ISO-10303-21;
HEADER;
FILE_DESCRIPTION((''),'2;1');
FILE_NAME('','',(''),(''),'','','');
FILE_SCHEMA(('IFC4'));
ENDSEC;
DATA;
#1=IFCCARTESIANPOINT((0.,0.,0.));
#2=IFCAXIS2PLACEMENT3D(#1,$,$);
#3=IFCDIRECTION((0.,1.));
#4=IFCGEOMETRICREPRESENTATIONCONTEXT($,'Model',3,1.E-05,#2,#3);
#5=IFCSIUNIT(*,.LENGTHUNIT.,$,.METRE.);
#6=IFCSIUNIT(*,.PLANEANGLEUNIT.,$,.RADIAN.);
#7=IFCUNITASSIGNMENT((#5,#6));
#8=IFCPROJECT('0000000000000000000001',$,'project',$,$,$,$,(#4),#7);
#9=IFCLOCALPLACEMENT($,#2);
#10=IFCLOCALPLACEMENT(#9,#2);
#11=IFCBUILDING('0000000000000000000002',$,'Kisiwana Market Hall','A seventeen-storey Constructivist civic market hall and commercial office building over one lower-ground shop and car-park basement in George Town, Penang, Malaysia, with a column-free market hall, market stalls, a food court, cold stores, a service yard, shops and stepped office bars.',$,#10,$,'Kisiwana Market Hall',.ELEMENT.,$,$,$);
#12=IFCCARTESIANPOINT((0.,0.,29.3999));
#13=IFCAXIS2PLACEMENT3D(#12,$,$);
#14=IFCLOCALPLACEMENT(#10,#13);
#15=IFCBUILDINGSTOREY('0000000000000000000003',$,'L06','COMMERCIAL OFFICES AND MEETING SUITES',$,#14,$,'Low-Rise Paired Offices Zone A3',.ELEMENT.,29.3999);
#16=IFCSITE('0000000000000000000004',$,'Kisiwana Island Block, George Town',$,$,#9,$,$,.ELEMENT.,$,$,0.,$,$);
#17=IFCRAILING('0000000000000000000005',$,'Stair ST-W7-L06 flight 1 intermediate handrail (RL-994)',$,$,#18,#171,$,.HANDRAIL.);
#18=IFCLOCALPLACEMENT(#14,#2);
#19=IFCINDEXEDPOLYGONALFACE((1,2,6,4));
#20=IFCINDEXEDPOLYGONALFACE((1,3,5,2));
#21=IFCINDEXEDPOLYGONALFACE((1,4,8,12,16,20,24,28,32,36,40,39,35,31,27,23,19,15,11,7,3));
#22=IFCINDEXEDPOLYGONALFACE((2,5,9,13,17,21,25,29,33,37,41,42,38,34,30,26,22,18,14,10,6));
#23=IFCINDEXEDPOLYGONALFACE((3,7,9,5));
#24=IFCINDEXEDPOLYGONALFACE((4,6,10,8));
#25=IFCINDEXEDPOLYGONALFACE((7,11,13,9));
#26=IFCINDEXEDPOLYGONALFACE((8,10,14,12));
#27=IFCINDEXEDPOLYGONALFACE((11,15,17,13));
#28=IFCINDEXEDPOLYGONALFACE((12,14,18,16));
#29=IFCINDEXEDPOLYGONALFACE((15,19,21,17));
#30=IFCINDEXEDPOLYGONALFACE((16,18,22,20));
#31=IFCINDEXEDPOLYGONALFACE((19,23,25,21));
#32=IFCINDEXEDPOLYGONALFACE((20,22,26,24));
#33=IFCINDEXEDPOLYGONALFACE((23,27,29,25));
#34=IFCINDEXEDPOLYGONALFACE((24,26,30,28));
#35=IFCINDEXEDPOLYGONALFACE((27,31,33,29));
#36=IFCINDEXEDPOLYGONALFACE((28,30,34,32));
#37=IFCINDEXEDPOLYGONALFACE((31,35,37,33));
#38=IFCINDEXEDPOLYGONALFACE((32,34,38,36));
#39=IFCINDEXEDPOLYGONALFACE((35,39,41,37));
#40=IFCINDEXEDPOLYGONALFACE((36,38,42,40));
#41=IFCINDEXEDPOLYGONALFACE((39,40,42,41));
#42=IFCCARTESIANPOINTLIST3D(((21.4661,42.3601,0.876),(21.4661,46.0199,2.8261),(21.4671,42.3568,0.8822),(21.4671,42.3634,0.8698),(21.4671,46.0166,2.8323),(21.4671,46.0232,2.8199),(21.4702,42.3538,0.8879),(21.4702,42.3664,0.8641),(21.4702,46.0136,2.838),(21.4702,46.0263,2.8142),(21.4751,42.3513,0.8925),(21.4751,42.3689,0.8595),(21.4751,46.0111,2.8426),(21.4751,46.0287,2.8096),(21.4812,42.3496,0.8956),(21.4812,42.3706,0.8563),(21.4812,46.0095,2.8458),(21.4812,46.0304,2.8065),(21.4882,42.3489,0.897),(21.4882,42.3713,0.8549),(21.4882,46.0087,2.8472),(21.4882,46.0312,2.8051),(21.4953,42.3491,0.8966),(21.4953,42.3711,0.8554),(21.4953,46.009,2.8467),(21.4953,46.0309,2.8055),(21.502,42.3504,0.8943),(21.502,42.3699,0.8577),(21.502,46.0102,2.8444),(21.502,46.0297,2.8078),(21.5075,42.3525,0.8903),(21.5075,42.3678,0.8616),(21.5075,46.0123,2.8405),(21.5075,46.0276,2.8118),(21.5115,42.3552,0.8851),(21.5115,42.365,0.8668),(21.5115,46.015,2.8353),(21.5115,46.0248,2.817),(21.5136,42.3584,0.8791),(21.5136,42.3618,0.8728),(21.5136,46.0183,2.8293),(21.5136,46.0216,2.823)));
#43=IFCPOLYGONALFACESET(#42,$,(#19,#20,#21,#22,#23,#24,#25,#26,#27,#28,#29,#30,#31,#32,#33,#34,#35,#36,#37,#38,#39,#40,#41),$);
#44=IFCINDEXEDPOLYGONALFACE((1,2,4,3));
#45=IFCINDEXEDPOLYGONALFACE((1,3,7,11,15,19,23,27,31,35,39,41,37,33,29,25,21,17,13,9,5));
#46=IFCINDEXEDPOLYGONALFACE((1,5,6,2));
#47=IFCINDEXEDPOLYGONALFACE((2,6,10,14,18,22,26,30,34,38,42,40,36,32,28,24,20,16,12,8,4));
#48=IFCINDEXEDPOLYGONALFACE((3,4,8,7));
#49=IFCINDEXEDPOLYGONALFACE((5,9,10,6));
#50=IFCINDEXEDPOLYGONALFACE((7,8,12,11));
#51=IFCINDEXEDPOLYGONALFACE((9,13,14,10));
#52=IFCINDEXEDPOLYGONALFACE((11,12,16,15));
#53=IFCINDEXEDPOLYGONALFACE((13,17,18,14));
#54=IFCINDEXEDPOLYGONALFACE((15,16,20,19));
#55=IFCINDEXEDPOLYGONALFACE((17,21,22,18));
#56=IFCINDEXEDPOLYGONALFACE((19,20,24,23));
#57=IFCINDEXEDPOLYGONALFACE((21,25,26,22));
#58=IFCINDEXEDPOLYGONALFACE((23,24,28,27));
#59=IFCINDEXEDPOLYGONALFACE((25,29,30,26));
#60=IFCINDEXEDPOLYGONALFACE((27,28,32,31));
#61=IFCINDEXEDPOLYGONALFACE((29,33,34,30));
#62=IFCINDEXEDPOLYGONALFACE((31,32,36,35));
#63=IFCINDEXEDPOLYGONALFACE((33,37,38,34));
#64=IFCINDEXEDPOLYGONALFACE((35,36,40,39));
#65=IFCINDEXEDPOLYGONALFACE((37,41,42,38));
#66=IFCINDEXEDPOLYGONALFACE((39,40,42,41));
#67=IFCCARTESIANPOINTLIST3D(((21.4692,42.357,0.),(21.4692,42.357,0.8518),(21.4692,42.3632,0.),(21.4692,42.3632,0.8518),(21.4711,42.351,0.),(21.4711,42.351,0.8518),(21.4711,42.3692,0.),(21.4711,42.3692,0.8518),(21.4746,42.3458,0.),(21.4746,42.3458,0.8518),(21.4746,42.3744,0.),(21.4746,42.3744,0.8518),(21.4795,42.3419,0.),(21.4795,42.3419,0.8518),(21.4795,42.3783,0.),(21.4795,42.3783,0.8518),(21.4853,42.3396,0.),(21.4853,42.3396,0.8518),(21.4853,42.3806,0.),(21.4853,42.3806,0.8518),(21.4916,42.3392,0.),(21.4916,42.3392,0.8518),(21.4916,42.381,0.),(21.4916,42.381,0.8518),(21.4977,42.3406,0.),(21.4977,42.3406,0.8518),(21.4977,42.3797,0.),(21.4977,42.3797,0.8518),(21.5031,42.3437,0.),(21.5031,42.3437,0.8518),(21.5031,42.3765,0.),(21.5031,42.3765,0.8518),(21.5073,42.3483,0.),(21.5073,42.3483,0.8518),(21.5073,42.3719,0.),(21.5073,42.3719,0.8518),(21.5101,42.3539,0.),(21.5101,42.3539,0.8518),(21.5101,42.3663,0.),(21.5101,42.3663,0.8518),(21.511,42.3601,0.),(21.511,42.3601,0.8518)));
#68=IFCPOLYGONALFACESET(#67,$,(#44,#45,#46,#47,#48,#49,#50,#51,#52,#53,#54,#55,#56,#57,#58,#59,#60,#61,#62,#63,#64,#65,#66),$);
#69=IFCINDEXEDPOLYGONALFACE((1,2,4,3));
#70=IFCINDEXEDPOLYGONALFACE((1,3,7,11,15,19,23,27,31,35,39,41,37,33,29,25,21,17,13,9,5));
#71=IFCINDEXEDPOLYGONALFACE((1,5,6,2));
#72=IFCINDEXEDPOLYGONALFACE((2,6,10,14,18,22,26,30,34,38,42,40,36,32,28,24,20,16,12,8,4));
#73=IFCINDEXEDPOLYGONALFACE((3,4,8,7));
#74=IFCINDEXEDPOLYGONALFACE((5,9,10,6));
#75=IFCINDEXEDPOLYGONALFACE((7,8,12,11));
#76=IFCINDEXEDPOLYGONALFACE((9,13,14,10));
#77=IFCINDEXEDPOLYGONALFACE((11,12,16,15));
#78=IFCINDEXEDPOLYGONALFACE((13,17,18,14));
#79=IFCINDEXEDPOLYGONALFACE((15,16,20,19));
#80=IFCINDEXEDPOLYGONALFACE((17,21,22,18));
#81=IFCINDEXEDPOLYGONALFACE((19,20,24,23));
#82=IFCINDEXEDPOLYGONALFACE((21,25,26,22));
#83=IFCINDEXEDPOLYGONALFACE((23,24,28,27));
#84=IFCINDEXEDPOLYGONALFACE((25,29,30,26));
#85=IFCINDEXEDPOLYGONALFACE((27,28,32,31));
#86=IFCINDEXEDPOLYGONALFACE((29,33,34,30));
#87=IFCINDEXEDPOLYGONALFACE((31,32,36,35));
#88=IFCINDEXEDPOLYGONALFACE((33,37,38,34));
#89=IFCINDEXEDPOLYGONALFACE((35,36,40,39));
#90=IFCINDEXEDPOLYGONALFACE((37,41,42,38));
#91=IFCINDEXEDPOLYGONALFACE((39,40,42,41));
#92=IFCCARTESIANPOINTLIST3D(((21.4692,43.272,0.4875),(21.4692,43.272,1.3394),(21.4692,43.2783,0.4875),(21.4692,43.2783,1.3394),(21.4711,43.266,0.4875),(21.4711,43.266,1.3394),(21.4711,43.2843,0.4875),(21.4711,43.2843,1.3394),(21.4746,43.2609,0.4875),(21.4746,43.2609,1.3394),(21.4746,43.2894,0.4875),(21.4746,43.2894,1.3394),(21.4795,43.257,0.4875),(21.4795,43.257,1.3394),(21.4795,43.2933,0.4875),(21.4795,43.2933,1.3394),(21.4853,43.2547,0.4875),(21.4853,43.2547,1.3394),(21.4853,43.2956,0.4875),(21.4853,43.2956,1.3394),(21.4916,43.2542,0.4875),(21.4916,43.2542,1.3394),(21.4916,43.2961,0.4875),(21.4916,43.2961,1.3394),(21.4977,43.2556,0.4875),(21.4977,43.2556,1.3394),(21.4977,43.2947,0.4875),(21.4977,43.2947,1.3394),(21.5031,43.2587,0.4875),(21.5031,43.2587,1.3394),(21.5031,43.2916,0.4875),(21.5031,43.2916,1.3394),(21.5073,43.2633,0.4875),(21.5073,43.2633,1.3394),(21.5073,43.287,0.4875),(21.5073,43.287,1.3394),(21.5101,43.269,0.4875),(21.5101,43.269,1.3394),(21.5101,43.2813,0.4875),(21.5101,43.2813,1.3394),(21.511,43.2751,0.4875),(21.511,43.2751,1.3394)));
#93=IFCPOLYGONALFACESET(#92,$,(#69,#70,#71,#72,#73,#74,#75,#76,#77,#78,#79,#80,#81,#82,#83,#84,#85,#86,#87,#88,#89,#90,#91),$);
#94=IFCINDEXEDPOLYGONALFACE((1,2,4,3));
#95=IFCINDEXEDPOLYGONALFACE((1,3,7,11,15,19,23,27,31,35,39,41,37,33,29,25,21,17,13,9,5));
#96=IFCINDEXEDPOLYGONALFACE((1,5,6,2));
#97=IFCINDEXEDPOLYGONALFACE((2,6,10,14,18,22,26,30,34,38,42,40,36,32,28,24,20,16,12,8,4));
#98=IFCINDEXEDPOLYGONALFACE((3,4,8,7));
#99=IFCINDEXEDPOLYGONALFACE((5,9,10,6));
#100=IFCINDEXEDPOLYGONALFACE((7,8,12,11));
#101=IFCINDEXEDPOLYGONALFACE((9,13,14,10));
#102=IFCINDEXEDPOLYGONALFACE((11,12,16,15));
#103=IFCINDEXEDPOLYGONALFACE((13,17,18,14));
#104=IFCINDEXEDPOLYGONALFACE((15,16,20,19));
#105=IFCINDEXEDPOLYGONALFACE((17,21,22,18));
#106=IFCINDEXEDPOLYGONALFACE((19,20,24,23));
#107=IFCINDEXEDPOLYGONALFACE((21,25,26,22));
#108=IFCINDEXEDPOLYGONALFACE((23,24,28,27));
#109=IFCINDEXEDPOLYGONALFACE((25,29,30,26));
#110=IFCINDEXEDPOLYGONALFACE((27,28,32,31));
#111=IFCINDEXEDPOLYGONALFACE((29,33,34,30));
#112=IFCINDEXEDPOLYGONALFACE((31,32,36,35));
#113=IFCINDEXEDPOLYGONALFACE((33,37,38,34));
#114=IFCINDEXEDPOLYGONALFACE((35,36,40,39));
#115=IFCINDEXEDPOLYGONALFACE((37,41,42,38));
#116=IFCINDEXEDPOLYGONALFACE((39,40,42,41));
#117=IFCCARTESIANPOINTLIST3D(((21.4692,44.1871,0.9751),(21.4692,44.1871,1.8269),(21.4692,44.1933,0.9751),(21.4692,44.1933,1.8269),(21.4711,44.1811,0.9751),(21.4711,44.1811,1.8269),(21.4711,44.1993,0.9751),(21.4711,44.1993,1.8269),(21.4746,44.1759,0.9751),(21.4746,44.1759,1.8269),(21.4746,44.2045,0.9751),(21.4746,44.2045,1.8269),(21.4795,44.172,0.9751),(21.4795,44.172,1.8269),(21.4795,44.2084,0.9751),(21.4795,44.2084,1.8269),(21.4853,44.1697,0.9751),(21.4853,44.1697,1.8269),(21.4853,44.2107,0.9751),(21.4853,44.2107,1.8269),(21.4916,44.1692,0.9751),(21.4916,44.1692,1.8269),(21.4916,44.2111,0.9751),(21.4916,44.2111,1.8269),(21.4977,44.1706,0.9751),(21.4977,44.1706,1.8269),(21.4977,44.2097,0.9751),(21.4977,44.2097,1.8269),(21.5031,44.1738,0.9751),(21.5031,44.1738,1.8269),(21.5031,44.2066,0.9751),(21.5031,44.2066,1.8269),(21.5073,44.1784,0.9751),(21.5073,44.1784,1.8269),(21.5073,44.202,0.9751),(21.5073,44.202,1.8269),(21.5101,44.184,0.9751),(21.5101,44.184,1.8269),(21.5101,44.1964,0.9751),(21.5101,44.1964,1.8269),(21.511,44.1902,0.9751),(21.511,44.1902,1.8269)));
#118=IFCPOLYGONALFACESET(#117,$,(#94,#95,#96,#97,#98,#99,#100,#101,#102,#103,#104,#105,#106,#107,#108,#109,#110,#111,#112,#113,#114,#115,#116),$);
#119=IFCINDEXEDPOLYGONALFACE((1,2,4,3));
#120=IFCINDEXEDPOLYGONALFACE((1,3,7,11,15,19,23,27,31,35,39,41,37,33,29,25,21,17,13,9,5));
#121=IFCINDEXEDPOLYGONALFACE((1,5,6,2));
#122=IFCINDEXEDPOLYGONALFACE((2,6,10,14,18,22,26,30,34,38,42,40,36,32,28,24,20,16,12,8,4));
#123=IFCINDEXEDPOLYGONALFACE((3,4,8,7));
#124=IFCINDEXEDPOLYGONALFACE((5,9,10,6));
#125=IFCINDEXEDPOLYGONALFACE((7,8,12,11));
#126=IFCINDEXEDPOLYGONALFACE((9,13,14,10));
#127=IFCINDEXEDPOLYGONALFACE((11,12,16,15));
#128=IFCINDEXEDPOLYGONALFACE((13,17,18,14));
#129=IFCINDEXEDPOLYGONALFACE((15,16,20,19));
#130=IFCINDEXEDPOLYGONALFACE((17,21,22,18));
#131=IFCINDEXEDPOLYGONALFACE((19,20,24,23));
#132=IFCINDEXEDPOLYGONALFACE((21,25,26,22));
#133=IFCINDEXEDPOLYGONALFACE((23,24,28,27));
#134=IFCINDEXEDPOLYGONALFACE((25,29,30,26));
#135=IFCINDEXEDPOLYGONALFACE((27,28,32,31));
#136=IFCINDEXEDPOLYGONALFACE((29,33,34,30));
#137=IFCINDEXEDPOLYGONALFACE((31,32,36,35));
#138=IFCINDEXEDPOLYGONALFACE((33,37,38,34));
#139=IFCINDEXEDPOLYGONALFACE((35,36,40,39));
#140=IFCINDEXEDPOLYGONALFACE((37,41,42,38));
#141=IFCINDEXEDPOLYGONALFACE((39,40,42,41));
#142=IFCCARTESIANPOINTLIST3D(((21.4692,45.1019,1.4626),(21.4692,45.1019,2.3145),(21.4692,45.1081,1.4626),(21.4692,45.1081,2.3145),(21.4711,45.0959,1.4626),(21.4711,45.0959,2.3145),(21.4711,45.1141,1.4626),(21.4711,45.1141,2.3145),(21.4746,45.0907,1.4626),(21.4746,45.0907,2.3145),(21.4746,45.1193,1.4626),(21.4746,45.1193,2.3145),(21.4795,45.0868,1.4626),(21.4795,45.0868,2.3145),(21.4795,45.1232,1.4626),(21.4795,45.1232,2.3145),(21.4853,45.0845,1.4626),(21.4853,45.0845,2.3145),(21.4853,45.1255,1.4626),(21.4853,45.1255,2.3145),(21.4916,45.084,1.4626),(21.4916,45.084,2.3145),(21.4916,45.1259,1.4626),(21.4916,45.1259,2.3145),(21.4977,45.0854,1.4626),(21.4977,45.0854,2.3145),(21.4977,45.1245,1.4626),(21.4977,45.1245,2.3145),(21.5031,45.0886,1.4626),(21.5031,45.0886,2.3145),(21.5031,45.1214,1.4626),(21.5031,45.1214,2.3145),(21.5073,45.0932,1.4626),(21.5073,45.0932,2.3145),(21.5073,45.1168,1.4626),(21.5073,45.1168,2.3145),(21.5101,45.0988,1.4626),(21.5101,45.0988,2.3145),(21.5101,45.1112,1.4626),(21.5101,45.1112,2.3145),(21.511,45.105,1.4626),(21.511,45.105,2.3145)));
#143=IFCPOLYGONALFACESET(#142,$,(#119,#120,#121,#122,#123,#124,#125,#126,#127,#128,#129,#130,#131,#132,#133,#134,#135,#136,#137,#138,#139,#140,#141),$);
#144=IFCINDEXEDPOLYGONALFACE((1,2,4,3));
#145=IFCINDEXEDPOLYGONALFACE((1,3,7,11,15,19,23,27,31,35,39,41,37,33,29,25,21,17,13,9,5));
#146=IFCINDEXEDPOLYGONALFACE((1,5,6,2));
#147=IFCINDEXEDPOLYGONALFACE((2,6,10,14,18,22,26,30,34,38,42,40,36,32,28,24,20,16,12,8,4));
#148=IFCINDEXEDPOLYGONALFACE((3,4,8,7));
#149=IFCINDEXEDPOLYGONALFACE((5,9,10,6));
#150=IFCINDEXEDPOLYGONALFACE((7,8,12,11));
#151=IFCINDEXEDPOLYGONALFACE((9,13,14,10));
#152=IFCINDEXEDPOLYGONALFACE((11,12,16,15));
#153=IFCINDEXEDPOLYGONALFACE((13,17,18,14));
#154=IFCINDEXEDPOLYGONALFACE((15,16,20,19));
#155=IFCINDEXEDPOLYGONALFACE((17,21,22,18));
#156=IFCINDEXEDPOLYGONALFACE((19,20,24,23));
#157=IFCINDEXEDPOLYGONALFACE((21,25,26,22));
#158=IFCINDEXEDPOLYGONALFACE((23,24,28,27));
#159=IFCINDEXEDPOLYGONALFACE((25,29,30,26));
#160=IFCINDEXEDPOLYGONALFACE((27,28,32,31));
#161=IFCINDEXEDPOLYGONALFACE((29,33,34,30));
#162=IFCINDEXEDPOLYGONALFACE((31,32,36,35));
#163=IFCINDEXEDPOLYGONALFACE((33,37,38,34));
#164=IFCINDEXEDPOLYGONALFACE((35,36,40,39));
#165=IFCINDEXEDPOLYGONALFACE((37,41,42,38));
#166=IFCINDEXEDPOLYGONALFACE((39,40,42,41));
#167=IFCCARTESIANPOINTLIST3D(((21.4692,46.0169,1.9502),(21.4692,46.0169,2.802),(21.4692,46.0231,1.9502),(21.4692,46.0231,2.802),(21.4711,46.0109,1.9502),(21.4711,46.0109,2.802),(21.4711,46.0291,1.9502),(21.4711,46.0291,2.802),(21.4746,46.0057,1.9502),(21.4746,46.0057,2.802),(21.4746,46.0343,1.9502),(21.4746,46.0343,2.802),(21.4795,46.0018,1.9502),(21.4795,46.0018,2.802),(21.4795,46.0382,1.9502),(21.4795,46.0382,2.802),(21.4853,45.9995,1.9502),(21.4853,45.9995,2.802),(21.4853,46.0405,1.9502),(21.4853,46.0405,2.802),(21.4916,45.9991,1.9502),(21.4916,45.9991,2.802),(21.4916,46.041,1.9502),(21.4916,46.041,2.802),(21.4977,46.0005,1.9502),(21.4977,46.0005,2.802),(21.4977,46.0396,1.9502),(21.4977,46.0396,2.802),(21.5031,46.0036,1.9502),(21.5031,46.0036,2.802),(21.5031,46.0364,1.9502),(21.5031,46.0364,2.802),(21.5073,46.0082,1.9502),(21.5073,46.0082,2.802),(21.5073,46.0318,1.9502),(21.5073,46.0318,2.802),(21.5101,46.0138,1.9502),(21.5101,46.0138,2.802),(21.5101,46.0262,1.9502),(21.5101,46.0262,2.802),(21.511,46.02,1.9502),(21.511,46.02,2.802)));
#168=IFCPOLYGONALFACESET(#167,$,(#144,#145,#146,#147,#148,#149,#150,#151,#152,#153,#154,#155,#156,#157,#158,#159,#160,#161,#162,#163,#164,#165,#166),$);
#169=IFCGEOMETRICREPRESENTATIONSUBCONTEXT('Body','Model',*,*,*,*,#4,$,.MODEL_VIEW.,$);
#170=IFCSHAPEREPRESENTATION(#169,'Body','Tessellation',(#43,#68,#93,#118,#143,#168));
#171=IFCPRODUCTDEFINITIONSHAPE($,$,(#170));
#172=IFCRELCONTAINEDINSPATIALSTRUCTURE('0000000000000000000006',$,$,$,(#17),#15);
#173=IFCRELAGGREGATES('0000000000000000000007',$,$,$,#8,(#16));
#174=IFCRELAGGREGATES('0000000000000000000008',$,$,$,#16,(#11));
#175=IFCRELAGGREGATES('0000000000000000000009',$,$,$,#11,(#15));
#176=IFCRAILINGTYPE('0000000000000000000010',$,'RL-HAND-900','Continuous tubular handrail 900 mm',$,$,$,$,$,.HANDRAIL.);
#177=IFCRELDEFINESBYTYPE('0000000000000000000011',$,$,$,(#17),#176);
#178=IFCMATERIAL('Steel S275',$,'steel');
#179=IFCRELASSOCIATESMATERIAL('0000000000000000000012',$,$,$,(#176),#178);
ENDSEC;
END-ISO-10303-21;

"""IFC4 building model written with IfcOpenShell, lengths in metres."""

from ifc_helpers import new_model, si_unit, direction, frame, origin, origin_2d, place, context, subcontext, project, spatial, circle, extrude, material, type_object, element, save


model = new_model("IFC4")

# Units and contexts
model_context = context("Model", 3, precision=1e-05, world=origin(), true_north=direction((0.0, 1.0)))
body_context = subcontext(model_context, "Body", "Model", "MODEL_VIEW")
ifc_project = project(units=[si_unit("LENGTHUNIT", "METRE"), si_unit("PLANEANGLEUNIT", "RADIAN")], contexts=[model_context])

# Site, building, storey
site_placement = place(None, origin())
site = spatial("IfcSite", under=ifc_project, at=site_placement, Name="Kisiwana Island Block, George Town", CompositionType="ELEMENT", RefElevation=0.0)
building_placement = place(site_placement, origin())
building = spatial("IfcBuilding", under=site, at=building_placement, Name="Kisiwana Market Hall", Description="A seventeen-storey Constructivist civic market hall and commercial office building over one lower-ground shop and car-park basement in George Town, Penang, Malaysia, with a column-free market hall, market stalls, a food court, cold stores, a service yard, shops and stepped office bars.", LongName="Kisiwana Market Hall", CompositionType="ELEMENT")
storey_placement = place(building_placement, frame((0.0, 0.0, 29.3999)))
storey = spatial("IfcBuildingStorey", under=building, at=storey_placement, Name="L06", Description="COMMERCIAL OFFICES AND MEETING SUITES", LongName="Low-Rise Paired Offices Zone A3", CompositionType="ELEMENT", Elevation=29.3999)

# Railing
ifc_material_1 = material(Name="Steel S275", Category="steel")
railing_type_1 = type_object("IfcRailingType", Name="RL-HAND-900", Description="Continuous tubular handrail 900 mm", PredefinedType="HANDRAIL", material=ifc_material_1)
railing_1_placement = place(storey_placement, frame((21.49, 42.3601, 0.0)))
element("IfcRailing", 1, at=railing_1_placement, inside=storey, type_object=railing_type_1, Name="Stair ST-W7-L06 flight 1 intermediate handrail (RL-994)", PredefinedType="HANDRAIL", context=body_context, shape_type="SweptSolid", body=[
    extrude(circle(Radius=0.0239, at=origin_2d()), frame((0.0, 0.0, 0.876), z_axis=(0.0, 0.882529, 0.470258), x_axis=(-1.0, 0.0, 0.0)), (0.0, 0.0, 1.0), 4.147),
    extrude(circle(Radius=0.021, at=origin_2d()), origin(), (0.0, 0.0, 1.0), 0.8518),
    extrude(circle(Radius=0.021, at=origin_2d()), frame((0.0, 0.915, 0.4875)), (0.0, 0.0, 1.0), 0.8518),
    extrude(circle(Radius=0.021, at=origin_2d()), frame((0.0, 1.8301, 0.9751)), (0.0, 0.0, 1.0), 0.8518),
    extrude(circle(Radius=0.021, at=origin_2d()), frame((0.0, 2.7449, 1.4626)), (0.0, 0.0, 1.0), 0.8518),
    extrude(circle(Radius=0.021, at=origin_2d()), frame((0.0, 3.6599, 1.9502)), (0.0, 0.0, 1.0), 0.8518),
])

save(model, "model.ifc")
